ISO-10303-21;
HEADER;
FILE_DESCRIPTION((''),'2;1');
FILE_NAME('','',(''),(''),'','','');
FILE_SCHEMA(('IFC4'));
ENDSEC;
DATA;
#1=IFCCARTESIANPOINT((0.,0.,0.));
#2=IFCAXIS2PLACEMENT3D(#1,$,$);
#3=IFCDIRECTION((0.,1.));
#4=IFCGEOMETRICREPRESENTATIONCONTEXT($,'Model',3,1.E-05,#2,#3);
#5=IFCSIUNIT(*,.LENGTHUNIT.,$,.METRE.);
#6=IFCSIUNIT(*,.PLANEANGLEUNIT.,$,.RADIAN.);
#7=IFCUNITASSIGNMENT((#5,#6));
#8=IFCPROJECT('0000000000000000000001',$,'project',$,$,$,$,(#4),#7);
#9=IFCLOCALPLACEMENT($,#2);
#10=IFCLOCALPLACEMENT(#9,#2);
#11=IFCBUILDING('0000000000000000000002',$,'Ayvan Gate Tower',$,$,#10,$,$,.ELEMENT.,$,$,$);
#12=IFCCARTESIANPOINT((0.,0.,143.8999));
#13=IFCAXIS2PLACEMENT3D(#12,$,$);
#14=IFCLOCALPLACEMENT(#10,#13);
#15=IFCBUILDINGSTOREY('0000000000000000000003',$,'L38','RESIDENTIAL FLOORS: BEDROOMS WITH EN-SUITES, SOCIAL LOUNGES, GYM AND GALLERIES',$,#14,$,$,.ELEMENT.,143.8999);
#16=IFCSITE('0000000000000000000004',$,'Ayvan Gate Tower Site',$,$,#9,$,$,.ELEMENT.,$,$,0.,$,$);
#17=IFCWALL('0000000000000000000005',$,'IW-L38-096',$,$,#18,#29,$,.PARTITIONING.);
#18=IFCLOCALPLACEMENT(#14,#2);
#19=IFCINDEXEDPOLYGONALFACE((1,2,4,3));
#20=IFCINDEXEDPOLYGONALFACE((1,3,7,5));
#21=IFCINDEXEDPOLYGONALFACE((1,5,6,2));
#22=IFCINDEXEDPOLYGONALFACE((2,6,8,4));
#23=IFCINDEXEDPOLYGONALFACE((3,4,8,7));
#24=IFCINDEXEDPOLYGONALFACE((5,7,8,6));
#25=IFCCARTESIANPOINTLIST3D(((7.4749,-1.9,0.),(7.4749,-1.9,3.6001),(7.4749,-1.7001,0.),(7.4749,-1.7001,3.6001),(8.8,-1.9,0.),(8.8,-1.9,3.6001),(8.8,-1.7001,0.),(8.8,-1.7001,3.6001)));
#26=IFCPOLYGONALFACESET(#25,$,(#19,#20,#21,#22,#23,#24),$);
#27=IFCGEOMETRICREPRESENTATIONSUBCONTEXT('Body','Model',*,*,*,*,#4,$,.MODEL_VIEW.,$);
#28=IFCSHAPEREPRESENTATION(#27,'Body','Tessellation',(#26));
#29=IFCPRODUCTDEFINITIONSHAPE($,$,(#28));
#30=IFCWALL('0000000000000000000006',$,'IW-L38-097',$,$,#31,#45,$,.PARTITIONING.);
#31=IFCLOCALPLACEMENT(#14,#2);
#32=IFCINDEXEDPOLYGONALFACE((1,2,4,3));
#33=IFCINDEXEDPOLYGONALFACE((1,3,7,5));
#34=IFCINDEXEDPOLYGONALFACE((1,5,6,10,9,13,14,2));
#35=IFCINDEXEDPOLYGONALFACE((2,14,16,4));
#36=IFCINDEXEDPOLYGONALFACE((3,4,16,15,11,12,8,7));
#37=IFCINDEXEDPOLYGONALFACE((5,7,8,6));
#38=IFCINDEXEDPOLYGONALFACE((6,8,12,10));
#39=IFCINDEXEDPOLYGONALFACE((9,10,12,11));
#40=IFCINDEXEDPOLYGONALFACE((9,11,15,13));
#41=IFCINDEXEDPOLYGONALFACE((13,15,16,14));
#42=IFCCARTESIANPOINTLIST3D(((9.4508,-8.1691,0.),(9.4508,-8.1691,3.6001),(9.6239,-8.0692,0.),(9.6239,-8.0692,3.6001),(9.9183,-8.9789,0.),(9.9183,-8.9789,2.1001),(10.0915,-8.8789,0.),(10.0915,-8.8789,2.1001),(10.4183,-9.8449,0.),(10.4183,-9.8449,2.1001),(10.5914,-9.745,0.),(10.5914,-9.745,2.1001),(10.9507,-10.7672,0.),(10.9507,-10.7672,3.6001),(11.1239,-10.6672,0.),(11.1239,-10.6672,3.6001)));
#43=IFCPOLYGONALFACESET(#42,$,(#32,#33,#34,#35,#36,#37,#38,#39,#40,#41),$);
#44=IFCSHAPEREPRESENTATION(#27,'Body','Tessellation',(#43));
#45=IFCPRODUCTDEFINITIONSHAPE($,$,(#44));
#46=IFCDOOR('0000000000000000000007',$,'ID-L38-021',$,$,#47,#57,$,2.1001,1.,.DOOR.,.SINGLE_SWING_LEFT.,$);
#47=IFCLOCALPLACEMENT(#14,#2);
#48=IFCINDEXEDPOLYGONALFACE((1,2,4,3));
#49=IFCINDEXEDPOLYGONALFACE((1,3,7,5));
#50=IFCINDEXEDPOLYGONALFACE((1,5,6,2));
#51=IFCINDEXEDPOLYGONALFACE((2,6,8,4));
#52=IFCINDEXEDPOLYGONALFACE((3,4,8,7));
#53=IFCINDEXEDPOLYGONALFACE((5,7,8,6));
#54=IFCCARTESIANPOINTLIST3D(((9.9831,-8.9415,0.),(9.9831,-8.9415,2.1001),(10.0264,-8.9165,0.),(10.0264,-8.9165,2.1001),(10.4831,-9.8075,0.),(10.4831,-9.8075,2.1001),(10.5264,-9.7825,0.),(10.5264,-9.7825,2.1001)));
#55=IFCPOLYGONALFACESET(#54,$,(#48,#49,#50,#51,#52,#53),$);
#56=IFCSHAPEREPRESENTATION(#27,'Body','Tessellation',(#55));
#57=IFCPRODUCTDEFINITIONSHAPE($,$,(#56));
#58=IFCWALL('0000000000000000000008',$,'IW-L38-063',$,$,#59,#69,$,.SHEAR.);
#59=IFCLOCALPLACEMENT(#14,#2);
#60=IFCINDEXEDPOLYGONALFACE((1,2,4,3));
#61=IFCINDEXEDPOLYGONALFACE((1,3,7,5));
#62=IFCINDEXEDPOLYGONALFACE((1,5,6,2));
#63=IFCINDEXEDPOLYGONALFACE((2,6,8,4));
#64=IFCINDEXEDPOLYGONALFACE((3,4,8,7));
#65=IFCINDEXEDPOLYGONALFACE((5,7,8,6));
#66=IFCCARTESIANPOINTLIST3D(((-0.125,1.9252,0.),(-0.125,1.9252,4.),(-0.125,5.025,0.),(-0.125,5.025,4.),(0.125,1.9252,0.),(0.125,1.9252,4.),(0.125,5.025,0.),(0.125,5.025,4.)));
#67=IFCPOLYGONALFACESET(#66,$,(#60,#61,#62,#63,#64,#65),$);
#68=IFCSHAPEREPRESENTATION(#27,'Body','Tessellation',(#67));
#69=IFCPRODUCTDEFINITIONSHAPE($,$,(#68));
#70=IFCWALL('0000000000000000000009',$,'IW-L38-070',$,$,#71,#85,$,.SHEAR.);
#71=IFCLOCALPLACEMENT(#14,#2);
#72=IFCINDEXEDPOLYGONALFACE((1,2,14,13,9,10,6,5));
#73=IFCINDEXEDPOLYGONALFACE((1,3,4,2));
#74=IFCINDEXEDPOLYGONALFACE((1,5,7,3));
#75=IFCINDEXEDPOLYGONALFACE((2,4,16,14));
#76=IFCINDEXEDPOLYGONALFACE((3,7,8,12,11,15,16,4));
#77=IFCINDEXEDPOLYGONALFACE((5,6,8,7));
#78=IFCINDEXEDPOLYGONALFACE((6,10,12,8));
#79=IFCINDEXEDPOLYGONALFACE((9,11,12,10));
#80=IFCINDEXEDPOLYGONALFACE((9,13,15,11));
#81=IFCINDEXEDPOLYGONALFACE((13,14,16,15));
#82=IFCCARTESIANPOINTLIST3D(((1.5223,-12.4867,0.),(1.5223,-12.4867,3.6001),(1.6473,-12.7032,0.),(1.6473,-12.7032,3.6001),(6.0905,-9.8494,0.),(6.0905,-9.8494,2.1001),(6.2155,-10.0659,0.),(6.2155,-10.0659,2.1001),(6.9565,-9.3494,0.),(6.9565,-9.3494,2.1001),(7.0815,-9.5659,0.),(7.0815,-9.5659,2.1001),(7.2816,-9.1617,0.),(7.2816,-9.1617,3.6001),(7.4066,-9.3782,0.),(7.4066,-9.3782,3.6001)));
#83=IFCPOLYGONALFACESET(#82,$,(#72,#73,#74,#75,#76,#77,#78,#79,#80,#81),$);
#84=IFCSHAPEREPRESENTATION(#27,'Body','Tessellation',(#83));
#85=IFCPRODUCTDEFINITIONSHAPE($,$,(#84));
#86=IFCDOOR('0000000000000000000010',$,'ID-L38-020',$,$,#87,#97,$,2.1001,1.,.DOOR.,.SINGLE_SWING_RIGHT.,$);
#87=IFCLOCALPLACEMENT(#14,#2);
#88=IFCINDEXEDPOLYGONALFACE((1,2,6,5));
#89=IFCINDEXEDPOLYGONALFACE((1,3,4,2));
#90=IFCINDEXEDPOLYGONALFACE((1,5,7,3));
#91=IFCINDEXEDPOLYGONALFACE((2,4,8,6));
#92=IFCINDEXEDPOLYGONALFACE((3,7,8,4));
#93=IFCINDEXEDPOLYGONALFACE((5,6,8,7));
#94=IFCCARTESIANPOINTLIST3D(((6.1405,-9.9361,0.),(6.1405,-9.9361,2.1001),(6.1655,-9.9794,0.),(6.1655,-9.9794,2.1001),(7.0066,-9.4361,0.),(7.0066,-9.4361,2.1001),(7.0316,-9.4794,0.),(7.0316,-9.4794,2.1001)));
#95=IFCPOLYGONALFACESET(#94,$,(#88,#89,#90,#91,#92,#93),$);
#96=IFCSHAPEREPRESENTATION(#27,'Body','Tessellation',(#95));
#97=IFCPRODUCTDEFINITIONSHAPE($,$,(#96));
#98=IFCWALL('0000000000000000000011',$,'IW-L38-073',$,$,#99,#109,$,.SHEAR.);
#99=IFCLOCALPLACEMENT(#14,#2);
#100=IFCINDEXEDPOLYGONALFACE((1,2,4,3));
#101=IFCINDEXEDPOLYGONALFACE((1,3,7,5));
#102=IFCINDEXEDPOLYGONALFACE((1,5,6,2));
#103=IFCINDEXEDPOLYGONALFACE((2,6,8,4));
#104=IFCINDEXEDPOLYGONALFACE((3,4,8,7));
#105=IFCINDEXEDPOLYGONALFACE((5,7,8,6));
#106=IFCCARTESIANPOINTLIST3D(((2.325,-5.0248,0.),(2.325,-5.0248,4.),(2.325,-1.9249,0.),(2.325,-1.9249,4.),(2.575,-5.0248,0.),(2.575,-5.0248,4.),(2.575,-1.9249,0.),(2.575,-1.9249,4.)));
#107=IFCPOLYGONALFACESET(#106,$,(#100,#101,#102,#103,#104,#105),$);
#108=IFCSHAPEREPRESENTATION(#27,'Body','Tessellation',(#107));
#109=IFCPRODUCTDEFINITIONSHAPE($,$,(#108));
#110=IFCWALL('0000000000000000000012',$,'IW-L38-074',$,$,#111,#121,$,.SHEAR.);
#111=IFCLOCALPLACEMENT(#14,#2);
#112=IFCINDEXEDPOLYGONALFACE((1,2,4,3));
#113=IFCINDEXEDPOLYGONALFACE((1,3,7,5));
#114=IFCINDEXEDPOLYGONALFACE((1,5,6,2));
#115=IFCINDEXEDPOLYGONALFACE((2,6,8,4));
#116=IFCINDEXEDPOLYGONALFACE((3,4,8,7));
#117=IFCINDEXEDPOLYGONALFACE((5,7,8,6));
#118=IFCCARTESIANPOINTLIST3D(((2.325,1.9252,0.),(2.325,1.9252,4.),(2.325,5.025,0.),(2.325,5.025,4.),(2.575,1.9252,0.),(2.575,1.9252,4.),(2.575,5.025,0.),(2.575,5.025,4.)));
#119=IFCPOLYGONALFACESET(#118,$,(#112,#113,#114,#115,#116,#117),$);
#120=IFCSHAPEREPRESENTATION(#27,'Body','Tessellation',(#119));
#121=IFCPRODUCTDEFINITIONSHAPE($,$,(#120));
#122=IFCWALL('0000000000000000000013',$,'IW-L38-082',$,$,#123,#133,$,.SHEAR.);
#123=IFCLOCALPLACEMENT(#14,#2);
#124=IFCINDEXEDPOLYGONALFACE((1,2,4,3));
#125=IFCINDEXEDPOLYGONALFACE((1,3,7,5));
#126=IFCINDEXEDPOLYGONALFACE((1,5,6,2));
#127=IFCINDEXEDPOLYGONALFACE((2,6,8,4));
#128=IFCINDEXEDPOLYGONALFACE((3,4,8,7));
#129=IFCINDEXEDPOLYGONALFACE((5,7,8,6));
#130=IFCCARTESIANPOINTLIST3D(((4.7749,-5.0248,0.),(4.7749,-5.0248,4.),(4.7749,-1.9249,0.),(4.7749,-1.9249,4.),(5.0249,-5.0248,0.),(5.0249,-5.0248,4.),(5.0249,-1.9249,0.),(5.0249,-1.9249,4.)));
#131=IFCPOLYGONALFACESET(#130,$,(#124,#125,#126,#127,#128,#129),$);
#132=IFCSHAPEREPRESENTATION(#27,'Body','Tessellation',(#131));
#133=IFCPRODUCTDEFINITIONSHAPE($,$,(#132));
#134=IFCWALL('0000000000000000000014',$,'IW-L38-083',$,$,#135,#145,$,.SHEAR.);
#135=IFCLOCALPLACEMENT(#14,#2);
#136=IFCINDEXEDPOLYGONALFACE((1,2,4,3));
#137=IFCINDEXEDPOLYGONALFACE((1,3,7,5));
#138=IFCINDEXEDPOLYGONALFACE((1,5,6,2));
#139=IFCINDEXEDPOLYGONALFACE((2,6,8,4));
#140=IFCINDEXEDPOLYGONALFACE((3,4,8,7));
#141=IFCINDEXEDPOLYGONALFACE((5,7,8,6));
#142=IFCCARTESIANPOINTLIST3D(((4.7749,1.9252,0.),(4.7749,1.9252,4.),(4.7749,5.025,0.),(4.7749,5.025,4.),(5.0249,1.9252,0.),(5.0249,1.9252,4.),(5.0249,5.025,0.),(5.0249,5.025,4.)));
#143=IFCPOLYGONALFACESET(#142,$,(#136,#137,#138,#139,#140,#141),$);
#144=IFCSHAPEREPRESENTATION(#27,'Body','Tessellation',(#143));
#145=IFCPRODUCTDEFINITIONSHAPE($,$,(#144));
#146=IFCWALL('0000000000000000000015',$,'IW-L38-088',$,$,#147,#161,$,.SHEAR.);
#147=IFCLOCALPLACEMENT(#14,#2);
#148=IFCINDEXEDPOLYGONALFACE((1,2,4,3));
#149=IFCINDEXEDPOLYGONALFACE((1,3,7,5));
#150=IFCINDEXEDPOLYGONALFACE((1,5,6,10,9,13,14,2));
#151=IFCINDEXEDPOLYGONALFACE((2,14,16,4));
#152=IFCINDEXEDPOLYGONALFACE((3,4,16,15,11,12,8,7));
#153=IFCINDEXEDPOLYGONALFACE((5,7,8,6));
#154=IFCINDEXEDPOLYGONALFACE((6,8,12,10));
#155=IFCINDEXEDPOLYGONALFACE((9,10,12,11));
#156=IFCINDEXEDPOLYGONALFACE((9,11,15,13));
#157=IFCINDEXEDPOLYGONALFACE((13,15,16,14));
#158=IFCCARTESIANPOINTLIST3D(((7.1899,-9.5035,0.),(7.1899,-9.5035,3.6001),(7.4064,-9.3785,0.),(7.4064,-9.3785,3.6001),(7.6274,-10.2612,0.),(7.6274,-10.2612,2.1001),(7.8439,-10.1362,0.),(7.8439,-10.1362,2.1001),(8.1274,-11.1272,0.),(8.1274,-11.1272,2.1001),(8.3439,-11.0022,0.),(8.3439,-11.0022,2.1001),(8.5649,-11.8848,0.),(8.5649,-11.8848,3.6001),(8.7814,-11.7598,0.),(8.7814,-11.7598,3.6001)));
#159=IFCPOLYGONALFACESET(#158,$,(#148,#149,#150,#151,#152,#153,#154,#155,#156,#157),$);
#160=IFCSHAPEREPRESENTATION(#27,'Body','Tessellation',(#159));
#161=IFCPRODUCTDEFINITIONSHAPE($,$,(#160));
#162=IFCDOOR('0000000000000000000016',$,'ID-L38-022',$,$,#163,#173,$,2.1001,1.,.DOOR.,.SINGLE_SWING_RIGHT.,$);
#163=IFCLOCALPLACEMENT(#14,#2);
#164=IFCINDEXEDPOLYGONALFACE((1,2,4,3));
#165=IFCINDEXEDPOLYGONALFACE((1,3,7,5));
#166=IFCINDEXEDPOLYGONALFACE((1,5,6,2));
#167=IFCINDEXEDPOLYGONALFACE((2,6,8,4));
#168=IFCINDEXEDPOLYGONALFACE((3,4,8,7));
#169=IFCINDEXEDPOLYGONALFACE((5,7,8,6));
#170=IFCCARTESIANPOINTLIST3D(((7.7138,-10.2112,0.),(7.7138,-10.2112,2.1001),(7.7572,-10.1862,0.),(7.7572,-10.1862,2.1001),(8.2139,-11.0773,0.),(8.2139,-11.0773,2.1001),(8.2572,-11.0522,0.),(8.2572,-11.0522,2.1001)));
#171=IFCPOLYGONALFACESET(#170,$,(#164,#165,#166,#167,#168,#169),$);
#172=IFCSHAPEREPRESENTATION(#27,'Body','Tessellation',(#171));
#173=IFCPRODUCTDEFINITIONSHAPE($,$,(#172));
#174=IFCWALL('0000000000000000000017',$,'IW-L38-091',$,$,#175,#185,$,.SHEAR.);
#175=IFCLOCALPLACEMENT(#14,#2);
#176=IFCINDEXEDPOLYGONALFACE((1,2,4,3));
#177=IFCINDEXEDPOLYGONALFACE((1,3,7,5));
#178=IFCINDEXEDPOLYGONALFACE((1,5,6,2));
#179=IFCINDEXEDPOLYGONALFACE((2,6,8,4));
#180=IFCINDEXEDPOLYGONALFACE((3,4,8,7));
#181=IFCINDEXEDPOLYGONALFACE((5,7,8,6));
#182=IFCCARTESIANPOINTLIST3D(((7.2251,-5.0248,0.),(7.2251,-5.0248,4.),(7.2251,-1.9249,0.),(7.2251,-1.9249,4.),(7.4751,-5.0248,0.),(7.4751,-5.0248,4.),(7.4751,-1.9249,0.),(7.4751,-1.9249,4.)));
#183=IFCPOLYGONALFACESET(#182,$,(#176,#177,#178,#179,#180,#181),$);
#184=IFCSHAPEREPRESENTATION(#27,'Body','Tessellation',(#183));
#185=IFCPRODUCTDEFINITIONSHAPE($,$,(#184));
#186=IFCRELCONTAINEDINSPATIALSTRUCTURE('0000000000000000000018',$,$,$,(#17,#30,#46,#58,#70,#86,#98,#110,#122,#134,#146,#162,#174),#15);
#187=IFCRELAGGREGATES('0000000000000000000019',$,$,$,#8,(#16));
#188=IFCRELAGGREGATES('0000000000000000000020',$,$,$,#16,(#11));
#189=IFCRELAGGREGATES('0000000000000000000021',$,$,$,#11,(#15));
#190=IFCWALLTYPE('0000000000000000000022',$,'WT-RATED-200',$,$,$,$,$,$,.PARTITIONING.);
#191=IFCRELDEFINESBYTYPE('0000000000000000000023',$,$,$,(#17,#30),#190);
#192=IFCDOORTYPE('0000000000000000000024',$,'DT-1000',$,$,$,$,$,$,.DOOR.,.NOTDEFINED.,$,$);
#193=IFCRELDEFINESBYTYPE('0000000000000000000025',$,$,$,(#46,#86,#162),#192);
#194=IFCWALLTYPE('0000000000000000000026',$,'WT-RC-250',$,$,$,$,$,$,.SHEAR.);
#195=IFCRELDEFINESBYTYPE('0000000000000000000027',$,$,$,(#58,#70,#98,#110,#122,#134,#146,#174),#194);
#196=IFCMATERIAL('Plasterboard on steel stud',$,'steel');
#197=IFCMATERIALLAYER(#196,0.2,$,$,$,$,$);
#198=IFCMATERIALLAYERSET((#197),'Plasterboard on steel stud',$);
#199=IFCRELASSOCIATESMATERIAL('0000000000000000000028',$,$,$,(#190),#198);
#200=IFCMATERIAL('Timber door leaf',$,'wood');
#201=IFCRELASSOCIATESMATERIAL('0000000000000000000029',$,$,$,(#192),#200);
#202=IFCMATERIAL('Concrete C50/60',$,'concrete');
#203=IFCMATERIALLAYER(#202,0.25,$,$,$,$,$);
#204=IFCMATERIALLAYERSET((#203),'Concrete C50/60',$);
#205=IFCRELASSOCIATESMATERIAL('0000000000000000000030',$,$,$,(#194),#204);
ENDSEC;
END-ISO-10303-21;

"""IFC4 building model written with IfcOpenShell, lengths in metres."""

from ifc_helpers import new_model, si_unit, direction, frame, frame_2d, origin, place, context, subcontext, project, spatial, rectangle, extrude, material, layer, layer_set, type_object, element, fill, save


model = new_model("IFC4")

# Units and contexts
model_context = context("Model", 3, precision=1e-05, world=origin(), true_north=direction((0.0, 1.0)))
body_context = subcontext(model_context, "Body", "Model", "MODEL_VIEW")
ifc_project = project(units=[si_unit("LENGTHUNIT", "METRE"), si_unit("PLANEANGLEUNIT", "RADIAN")], contexts=[model_context])

# Site, building, storey
site_placement = place(None, origin())
site = spatial("IfcSite", under=ifc_project, at=site_placement, Name="Ayvan Gate Tower Site", CompositionType="ELEMENT", RefElevation=0.0)
building_placement = place(site_placement, origin())
building = spatial("IfcBuilding", under=site, at=building_placement, Name="Ayvan Gate Tower", CompositionType="ELEMENT")
storey_placement = place(building_placement, frame((0.0, 0.0, 143.8999)))
storey = spatial("IfcBuildingStorey", under=building, at=storey_placement, Name="L38", Description="RESIDENTIAL FLOORS: BEDROOMS WITH EN-SUITES, SOCIAL LOUNGES, GYM AND GALLERIES", CompositionType="ELEMENT", Elevation=143.8999)

# Shared definitions
ifc_material_1 = material(Name="Timber door leaf", Category="wood")

# Wall
ifc_material_2 = material(Name="Plasterboard on steel stud", Category="steel")
ifc_layer_1 = layer(ifc_material_2, 0.2)
ifc_layer_set_1 = layer_set([ifc_layer_1], Name="Plasterboard on steel stud")
wall_type_1 = type_object("IfcWallType", Name="WT-RATED-200", PredefinedType="PARTITIONING", material=ifc_layer_set_1)
for number, where, z_axis, x_axis, name in (
    (1, (8.8, -1.8, 0.0), (0.0, 0.0, 1.0), (-1.0, 0.0, 0.0), "IW-L38-096"),
):
    element("IfcWall", number, at=place(storey_placement, frame(where, z_axis=z_axis, x_axis=x_axis)), inside=storey, type_object=wall_type_1, Name=name, PredefinedType="PARTITIONING", context=body_context, shape_type="SweptSolid", body=[
        extrude(rectangle(XDim=1.3252, YDim=0.2, at=frame_2d((0.6626, 0.0))), origin(), (0.0, 0.0, 1.0), 3.6001),
    ])

# Wall, opening, door
wall_1_placement = place(storey_placement, frame((9.5374, -8.1191, 0.0), z_axis=(0.0, 0.0, 1.0), x_axis=(0.49999, -0.866031, 0.0)))
wall_1 = element("IfcWall", 2, at=wall_1_placement, inside=storey, type_object=wall_type_1, Name="IW-L38-097", PredefinedType="PARTITIONING", context=body_context, shape_type="SweptSolid", body=[
    extrude(rectangle(XDim=3.0, YDim=0.2, at=frame_2d((1.5, 0.0))), origin(), (0.0, 0.0, 1.0), 3.6001),
])
opening_1_placement = place(wall_1_placement, frame((0.9351, 0.0, 0.0)))
opening_1 = element("IfcOpeningElement", 3, at=opening_1_placement, cuts=wall_1, PredefinedType="OPENING", context=body_context, shape_type="SweptSolid", body=[
    extrude(rectangle(XDim=1.0, YDim=2.1001, at=frame_2d((0.5, 1.05))), frame((0.0, 0.1099, 0.0), z_axis=(0.0, -1.0, 0.0), x_axis=(1.0, 0.0, 0.0)), (0.0, 0.0, 1.0), 0.22),
])
door_type_1 = type_object("IfcDoorType", Name="DT-1000", OperationType="NOTDEFINED", PredefinedType="DOOR", material=ifc_material_1)
door_1_placement = place(opening_1_placement, origin())
door_1 = element("IfcDoor", 4, at=door_1_placement, inside=storey, type_object=door_type_1, Name="ID-L38-021", OperationType="SINGLE_SWING_LEFT", OverallHeight=2.1001, OverallWidth=1.0, PredefinedType="DOOR", context=body_context, shape_type="SweptSolid", body=[
    extrude(rectangle(XDim=1.0, YDim=2.1001, at=frame_2d((0.5, 1.05))), frame((0.0, 0.0249, 0.0), z_axis=(0.0, -1.0, 0.0), x_axis=(1.0, 0.0, 0.0)), (0.0, 0.0, 1.0), 0.05),
])
fill(opening_1, door_1)

# Wall
ifc_material_3 = material(Name="Concrete C50/60", Category="concrete")
ifc_layer_2 = layer(ifc_material_3, 0.25)
ifc_layer_set_2 = layer_set([ifc_layer_2], Name="Concrete C50/60")
wall_type_2 = type_object("IfcWallType", Name="WT-RC-250", PredefinedType="SHEAR", material=ifc_layer_set_2)
wall_2_placement = place(storey_placement, frame((0.0, 5.0249, 0.0), z_axis=(0.0, 0.0, 1.0), x_axis=(0.0, -1.0, 0.0)))
element("IfcWall", 5, at=wall_2_placement, inside=storey, type_object=wall_type_2, Name="IW-L38-063", PredefinedType="SHEAR", context=body_context, shape_type="SweptSolid", body=[
    extrude(rectangle(XDim=3.0999, YDim=0.25, at=frame_2d((1.5498, 0.0))), origin(), (0.0, 0.0, 1.0), 4.0),
])

# Wall, opening, door
wall_3_placement = place(storey_placement, frame((1.5847, -12.595, 0.0), z_axis=(0.0, 0.0, 1.0), x_axis=(0.866036, 0.499981, 0.0)))
wall_3 = element("IfcWall", 6, at=wall_3_placement, inside=storey, type_object=wall_type_2, Name="IW-L38-070", PredefinedType="SHEAR", context=body_context, shape_type="SweptSolid", body=[
    extrude(rectangle(XDim=6.6501, YDim=0.25, at=frame_2d((3.3252, 0.0))), origin(), (0.0, 0.0, 1.0), 3.6001),
])
opening_2_placement = place(wall_3_placement, frame((5.2749, 0.0, 0.0)))
opening_2 = element("IfcOpeningElement", 7, at=opening_2_placement, cuts=wall_3, PredefinedType="OPENING", context=body_context, shape_type="SweptSolid", body=[
    extrude(rectangle(XDim=1.0, YDim=2.1001, at=frame_2d((0.5, 1.05))), frame((0.0, 0.135, 0.0), z_axis=(0.0, -1.0, 0.0), x_axis=(1.0, 0.0, 0.0)), (0.0, 0.0, 1.0), 0.27),
])
door_2_placement = place(opening_2_placement, origin())
door_2 = element("IfcDoor", 8, at=door_2_placement, inside=storey, type_object=door_type_1, Name="ID-L38-020", OperationType="SINGLE_SWING_RIGHT", OverallHeight=2.1001, OverallWidth=1.0, PredefinedType="DOOR", context=body_context, shape_type="SweptSolid", body=[
    extrude(rectangle(XDim=1.0, YDim=2.1001, at=frame_2d((0.5, 1.05))), frame((0.0, 0.0249, 0.0), z_axis=(0.0, -1.0, 0.0), x_axis=(1.0, 0.0, 0.0)), (0.0, 0.0, 1.0), 0.05),
])
fill(opening_2, door_2)

# Walls
for number, where, z_axis, x_axis, name in (
    (9, (2.45, -1.925, 0.0), (0.0, 0.0, 1.0), (0.0, -1.0, 0.0), "IW-L38-073"),
    (10, (2.45, 5.0249, 0.0), (0.0, 0.0, 1.0), (0.0, -1.0, 0.0), "IW-L38-074"),
    (11, (4.8999, -1.925, 0.0), (0.0, 0.0, 1.0), (0.0, -1.0, 0.0), "IW-L38-082"),
    (12, (4.8999, 5.0249, 0.0), (0.0, 0.0, 1.0), (0.0, -1.0, 0.0), "IW-L38-083"),
):
    element("IfcWall", number, at=place(storey_placement, frame(where, z_axis=z_axis, x_axis=x_axis)), inside=storey, type_object=wall_type_2, Name=name, PredefinedType="SHEAR", context=body_context, shape_type="SweptSolid", body=[
        extrude(rectangle(XDim=3.0999, YDim=0.25, at=frame_2d((1.5498, 0.0))), origin(), (0.0, 0.0, 1.0), 4.0),
    ])

# Wall, opening, door
wall_4_placement = place(storey_placement, frame((7.2981, -9.4409, 0.0), z_axis=(0.0, 0.0, 1.0), x_axis=(0.500035, -0.866005, 0.0)))
wall_4 = element("IfcWall", 13, at=wall_4_placement, inside=storey, type_object=wall_type_2, Name="IW-L38-088", PredefinedType="SHEAR", context=body_context, shape_type="SweptSolid", body=[
    extrude(rectangle(XDim=2.7498, YDim=0.25, at=frame_2d((1.375, 0.0))), origin(), (0.0, 0.0, 1.0), 3.6001),
])
opening_3_placement = place(wall_4_placement, frame((0.875, 0.0, 0.0)))
opening_3 = element("IfcOpeningElement", 14, at=opening_3_placement, cuts=wall_4, PredefinedType="OPENING", context=body_context, shape_type="SweptSolid", body=[
    extrude(rectangle(XDim=1.0, YDim=2.1001, at=frame_2d((0.5, 1.05))), frame((0.0, 0.135, 0.0), z_axis=(0.0, -1.0, 0.0), x_axis=(1.0, 0.0, 0.0)), (0.0, 0.0, 1.0), 0.27),
])
door_3_placement = place(opening_3_placement, origin())
door_3 = element("IfcDoor", 15, at=door_3_placement, inside=storey, type_object=door_type_1, Name="ID-L38-022", OperationType="SINGLE_SWING_RIGHT", OverallHeight=2.1001, OverallWidth=1.0, PredefinedType="DOOR", context=body_context, shape_type="SweptSolid", body=[
    extrude(rectangle(XDim=1.0, YDim=2.1001, at=frame_2d((0.5, 1.05))), frame((0.0, 0.0249, 0.0), z_axis=(0.0, -1.0, 0.0), x_axis=(1.0, 0.0, 0.0)), (0.0, 0.0, 1.0), 0.05),
])
fill(opening_3, door_3)

# Wall
for number, where, z_axis, x_axis, name in (
    (16, (7.3501, -1.925, 0.0), (0.0, 0.0, 1.0), (0.0, -1.0, 0.0), "IW-L38-091"),
):
    element("IfcWall", number, at=place(storey_placement, frame(where, z_axis=z_axis, x_axis=x_axis)), inside=storey, type_object=wall_type_2, Name=name, PredefinedType="SHEAR", context=body_context, shape_type="SweptSolid", body=[
        extrude(rectangle(XDim=3.0999, YDim=0.25, at=frame_2d((1.5498, 0.0))), origin(), (0.0, 0.0, 1.0), 4.0),
    ])

save(model, "model.ifc")
